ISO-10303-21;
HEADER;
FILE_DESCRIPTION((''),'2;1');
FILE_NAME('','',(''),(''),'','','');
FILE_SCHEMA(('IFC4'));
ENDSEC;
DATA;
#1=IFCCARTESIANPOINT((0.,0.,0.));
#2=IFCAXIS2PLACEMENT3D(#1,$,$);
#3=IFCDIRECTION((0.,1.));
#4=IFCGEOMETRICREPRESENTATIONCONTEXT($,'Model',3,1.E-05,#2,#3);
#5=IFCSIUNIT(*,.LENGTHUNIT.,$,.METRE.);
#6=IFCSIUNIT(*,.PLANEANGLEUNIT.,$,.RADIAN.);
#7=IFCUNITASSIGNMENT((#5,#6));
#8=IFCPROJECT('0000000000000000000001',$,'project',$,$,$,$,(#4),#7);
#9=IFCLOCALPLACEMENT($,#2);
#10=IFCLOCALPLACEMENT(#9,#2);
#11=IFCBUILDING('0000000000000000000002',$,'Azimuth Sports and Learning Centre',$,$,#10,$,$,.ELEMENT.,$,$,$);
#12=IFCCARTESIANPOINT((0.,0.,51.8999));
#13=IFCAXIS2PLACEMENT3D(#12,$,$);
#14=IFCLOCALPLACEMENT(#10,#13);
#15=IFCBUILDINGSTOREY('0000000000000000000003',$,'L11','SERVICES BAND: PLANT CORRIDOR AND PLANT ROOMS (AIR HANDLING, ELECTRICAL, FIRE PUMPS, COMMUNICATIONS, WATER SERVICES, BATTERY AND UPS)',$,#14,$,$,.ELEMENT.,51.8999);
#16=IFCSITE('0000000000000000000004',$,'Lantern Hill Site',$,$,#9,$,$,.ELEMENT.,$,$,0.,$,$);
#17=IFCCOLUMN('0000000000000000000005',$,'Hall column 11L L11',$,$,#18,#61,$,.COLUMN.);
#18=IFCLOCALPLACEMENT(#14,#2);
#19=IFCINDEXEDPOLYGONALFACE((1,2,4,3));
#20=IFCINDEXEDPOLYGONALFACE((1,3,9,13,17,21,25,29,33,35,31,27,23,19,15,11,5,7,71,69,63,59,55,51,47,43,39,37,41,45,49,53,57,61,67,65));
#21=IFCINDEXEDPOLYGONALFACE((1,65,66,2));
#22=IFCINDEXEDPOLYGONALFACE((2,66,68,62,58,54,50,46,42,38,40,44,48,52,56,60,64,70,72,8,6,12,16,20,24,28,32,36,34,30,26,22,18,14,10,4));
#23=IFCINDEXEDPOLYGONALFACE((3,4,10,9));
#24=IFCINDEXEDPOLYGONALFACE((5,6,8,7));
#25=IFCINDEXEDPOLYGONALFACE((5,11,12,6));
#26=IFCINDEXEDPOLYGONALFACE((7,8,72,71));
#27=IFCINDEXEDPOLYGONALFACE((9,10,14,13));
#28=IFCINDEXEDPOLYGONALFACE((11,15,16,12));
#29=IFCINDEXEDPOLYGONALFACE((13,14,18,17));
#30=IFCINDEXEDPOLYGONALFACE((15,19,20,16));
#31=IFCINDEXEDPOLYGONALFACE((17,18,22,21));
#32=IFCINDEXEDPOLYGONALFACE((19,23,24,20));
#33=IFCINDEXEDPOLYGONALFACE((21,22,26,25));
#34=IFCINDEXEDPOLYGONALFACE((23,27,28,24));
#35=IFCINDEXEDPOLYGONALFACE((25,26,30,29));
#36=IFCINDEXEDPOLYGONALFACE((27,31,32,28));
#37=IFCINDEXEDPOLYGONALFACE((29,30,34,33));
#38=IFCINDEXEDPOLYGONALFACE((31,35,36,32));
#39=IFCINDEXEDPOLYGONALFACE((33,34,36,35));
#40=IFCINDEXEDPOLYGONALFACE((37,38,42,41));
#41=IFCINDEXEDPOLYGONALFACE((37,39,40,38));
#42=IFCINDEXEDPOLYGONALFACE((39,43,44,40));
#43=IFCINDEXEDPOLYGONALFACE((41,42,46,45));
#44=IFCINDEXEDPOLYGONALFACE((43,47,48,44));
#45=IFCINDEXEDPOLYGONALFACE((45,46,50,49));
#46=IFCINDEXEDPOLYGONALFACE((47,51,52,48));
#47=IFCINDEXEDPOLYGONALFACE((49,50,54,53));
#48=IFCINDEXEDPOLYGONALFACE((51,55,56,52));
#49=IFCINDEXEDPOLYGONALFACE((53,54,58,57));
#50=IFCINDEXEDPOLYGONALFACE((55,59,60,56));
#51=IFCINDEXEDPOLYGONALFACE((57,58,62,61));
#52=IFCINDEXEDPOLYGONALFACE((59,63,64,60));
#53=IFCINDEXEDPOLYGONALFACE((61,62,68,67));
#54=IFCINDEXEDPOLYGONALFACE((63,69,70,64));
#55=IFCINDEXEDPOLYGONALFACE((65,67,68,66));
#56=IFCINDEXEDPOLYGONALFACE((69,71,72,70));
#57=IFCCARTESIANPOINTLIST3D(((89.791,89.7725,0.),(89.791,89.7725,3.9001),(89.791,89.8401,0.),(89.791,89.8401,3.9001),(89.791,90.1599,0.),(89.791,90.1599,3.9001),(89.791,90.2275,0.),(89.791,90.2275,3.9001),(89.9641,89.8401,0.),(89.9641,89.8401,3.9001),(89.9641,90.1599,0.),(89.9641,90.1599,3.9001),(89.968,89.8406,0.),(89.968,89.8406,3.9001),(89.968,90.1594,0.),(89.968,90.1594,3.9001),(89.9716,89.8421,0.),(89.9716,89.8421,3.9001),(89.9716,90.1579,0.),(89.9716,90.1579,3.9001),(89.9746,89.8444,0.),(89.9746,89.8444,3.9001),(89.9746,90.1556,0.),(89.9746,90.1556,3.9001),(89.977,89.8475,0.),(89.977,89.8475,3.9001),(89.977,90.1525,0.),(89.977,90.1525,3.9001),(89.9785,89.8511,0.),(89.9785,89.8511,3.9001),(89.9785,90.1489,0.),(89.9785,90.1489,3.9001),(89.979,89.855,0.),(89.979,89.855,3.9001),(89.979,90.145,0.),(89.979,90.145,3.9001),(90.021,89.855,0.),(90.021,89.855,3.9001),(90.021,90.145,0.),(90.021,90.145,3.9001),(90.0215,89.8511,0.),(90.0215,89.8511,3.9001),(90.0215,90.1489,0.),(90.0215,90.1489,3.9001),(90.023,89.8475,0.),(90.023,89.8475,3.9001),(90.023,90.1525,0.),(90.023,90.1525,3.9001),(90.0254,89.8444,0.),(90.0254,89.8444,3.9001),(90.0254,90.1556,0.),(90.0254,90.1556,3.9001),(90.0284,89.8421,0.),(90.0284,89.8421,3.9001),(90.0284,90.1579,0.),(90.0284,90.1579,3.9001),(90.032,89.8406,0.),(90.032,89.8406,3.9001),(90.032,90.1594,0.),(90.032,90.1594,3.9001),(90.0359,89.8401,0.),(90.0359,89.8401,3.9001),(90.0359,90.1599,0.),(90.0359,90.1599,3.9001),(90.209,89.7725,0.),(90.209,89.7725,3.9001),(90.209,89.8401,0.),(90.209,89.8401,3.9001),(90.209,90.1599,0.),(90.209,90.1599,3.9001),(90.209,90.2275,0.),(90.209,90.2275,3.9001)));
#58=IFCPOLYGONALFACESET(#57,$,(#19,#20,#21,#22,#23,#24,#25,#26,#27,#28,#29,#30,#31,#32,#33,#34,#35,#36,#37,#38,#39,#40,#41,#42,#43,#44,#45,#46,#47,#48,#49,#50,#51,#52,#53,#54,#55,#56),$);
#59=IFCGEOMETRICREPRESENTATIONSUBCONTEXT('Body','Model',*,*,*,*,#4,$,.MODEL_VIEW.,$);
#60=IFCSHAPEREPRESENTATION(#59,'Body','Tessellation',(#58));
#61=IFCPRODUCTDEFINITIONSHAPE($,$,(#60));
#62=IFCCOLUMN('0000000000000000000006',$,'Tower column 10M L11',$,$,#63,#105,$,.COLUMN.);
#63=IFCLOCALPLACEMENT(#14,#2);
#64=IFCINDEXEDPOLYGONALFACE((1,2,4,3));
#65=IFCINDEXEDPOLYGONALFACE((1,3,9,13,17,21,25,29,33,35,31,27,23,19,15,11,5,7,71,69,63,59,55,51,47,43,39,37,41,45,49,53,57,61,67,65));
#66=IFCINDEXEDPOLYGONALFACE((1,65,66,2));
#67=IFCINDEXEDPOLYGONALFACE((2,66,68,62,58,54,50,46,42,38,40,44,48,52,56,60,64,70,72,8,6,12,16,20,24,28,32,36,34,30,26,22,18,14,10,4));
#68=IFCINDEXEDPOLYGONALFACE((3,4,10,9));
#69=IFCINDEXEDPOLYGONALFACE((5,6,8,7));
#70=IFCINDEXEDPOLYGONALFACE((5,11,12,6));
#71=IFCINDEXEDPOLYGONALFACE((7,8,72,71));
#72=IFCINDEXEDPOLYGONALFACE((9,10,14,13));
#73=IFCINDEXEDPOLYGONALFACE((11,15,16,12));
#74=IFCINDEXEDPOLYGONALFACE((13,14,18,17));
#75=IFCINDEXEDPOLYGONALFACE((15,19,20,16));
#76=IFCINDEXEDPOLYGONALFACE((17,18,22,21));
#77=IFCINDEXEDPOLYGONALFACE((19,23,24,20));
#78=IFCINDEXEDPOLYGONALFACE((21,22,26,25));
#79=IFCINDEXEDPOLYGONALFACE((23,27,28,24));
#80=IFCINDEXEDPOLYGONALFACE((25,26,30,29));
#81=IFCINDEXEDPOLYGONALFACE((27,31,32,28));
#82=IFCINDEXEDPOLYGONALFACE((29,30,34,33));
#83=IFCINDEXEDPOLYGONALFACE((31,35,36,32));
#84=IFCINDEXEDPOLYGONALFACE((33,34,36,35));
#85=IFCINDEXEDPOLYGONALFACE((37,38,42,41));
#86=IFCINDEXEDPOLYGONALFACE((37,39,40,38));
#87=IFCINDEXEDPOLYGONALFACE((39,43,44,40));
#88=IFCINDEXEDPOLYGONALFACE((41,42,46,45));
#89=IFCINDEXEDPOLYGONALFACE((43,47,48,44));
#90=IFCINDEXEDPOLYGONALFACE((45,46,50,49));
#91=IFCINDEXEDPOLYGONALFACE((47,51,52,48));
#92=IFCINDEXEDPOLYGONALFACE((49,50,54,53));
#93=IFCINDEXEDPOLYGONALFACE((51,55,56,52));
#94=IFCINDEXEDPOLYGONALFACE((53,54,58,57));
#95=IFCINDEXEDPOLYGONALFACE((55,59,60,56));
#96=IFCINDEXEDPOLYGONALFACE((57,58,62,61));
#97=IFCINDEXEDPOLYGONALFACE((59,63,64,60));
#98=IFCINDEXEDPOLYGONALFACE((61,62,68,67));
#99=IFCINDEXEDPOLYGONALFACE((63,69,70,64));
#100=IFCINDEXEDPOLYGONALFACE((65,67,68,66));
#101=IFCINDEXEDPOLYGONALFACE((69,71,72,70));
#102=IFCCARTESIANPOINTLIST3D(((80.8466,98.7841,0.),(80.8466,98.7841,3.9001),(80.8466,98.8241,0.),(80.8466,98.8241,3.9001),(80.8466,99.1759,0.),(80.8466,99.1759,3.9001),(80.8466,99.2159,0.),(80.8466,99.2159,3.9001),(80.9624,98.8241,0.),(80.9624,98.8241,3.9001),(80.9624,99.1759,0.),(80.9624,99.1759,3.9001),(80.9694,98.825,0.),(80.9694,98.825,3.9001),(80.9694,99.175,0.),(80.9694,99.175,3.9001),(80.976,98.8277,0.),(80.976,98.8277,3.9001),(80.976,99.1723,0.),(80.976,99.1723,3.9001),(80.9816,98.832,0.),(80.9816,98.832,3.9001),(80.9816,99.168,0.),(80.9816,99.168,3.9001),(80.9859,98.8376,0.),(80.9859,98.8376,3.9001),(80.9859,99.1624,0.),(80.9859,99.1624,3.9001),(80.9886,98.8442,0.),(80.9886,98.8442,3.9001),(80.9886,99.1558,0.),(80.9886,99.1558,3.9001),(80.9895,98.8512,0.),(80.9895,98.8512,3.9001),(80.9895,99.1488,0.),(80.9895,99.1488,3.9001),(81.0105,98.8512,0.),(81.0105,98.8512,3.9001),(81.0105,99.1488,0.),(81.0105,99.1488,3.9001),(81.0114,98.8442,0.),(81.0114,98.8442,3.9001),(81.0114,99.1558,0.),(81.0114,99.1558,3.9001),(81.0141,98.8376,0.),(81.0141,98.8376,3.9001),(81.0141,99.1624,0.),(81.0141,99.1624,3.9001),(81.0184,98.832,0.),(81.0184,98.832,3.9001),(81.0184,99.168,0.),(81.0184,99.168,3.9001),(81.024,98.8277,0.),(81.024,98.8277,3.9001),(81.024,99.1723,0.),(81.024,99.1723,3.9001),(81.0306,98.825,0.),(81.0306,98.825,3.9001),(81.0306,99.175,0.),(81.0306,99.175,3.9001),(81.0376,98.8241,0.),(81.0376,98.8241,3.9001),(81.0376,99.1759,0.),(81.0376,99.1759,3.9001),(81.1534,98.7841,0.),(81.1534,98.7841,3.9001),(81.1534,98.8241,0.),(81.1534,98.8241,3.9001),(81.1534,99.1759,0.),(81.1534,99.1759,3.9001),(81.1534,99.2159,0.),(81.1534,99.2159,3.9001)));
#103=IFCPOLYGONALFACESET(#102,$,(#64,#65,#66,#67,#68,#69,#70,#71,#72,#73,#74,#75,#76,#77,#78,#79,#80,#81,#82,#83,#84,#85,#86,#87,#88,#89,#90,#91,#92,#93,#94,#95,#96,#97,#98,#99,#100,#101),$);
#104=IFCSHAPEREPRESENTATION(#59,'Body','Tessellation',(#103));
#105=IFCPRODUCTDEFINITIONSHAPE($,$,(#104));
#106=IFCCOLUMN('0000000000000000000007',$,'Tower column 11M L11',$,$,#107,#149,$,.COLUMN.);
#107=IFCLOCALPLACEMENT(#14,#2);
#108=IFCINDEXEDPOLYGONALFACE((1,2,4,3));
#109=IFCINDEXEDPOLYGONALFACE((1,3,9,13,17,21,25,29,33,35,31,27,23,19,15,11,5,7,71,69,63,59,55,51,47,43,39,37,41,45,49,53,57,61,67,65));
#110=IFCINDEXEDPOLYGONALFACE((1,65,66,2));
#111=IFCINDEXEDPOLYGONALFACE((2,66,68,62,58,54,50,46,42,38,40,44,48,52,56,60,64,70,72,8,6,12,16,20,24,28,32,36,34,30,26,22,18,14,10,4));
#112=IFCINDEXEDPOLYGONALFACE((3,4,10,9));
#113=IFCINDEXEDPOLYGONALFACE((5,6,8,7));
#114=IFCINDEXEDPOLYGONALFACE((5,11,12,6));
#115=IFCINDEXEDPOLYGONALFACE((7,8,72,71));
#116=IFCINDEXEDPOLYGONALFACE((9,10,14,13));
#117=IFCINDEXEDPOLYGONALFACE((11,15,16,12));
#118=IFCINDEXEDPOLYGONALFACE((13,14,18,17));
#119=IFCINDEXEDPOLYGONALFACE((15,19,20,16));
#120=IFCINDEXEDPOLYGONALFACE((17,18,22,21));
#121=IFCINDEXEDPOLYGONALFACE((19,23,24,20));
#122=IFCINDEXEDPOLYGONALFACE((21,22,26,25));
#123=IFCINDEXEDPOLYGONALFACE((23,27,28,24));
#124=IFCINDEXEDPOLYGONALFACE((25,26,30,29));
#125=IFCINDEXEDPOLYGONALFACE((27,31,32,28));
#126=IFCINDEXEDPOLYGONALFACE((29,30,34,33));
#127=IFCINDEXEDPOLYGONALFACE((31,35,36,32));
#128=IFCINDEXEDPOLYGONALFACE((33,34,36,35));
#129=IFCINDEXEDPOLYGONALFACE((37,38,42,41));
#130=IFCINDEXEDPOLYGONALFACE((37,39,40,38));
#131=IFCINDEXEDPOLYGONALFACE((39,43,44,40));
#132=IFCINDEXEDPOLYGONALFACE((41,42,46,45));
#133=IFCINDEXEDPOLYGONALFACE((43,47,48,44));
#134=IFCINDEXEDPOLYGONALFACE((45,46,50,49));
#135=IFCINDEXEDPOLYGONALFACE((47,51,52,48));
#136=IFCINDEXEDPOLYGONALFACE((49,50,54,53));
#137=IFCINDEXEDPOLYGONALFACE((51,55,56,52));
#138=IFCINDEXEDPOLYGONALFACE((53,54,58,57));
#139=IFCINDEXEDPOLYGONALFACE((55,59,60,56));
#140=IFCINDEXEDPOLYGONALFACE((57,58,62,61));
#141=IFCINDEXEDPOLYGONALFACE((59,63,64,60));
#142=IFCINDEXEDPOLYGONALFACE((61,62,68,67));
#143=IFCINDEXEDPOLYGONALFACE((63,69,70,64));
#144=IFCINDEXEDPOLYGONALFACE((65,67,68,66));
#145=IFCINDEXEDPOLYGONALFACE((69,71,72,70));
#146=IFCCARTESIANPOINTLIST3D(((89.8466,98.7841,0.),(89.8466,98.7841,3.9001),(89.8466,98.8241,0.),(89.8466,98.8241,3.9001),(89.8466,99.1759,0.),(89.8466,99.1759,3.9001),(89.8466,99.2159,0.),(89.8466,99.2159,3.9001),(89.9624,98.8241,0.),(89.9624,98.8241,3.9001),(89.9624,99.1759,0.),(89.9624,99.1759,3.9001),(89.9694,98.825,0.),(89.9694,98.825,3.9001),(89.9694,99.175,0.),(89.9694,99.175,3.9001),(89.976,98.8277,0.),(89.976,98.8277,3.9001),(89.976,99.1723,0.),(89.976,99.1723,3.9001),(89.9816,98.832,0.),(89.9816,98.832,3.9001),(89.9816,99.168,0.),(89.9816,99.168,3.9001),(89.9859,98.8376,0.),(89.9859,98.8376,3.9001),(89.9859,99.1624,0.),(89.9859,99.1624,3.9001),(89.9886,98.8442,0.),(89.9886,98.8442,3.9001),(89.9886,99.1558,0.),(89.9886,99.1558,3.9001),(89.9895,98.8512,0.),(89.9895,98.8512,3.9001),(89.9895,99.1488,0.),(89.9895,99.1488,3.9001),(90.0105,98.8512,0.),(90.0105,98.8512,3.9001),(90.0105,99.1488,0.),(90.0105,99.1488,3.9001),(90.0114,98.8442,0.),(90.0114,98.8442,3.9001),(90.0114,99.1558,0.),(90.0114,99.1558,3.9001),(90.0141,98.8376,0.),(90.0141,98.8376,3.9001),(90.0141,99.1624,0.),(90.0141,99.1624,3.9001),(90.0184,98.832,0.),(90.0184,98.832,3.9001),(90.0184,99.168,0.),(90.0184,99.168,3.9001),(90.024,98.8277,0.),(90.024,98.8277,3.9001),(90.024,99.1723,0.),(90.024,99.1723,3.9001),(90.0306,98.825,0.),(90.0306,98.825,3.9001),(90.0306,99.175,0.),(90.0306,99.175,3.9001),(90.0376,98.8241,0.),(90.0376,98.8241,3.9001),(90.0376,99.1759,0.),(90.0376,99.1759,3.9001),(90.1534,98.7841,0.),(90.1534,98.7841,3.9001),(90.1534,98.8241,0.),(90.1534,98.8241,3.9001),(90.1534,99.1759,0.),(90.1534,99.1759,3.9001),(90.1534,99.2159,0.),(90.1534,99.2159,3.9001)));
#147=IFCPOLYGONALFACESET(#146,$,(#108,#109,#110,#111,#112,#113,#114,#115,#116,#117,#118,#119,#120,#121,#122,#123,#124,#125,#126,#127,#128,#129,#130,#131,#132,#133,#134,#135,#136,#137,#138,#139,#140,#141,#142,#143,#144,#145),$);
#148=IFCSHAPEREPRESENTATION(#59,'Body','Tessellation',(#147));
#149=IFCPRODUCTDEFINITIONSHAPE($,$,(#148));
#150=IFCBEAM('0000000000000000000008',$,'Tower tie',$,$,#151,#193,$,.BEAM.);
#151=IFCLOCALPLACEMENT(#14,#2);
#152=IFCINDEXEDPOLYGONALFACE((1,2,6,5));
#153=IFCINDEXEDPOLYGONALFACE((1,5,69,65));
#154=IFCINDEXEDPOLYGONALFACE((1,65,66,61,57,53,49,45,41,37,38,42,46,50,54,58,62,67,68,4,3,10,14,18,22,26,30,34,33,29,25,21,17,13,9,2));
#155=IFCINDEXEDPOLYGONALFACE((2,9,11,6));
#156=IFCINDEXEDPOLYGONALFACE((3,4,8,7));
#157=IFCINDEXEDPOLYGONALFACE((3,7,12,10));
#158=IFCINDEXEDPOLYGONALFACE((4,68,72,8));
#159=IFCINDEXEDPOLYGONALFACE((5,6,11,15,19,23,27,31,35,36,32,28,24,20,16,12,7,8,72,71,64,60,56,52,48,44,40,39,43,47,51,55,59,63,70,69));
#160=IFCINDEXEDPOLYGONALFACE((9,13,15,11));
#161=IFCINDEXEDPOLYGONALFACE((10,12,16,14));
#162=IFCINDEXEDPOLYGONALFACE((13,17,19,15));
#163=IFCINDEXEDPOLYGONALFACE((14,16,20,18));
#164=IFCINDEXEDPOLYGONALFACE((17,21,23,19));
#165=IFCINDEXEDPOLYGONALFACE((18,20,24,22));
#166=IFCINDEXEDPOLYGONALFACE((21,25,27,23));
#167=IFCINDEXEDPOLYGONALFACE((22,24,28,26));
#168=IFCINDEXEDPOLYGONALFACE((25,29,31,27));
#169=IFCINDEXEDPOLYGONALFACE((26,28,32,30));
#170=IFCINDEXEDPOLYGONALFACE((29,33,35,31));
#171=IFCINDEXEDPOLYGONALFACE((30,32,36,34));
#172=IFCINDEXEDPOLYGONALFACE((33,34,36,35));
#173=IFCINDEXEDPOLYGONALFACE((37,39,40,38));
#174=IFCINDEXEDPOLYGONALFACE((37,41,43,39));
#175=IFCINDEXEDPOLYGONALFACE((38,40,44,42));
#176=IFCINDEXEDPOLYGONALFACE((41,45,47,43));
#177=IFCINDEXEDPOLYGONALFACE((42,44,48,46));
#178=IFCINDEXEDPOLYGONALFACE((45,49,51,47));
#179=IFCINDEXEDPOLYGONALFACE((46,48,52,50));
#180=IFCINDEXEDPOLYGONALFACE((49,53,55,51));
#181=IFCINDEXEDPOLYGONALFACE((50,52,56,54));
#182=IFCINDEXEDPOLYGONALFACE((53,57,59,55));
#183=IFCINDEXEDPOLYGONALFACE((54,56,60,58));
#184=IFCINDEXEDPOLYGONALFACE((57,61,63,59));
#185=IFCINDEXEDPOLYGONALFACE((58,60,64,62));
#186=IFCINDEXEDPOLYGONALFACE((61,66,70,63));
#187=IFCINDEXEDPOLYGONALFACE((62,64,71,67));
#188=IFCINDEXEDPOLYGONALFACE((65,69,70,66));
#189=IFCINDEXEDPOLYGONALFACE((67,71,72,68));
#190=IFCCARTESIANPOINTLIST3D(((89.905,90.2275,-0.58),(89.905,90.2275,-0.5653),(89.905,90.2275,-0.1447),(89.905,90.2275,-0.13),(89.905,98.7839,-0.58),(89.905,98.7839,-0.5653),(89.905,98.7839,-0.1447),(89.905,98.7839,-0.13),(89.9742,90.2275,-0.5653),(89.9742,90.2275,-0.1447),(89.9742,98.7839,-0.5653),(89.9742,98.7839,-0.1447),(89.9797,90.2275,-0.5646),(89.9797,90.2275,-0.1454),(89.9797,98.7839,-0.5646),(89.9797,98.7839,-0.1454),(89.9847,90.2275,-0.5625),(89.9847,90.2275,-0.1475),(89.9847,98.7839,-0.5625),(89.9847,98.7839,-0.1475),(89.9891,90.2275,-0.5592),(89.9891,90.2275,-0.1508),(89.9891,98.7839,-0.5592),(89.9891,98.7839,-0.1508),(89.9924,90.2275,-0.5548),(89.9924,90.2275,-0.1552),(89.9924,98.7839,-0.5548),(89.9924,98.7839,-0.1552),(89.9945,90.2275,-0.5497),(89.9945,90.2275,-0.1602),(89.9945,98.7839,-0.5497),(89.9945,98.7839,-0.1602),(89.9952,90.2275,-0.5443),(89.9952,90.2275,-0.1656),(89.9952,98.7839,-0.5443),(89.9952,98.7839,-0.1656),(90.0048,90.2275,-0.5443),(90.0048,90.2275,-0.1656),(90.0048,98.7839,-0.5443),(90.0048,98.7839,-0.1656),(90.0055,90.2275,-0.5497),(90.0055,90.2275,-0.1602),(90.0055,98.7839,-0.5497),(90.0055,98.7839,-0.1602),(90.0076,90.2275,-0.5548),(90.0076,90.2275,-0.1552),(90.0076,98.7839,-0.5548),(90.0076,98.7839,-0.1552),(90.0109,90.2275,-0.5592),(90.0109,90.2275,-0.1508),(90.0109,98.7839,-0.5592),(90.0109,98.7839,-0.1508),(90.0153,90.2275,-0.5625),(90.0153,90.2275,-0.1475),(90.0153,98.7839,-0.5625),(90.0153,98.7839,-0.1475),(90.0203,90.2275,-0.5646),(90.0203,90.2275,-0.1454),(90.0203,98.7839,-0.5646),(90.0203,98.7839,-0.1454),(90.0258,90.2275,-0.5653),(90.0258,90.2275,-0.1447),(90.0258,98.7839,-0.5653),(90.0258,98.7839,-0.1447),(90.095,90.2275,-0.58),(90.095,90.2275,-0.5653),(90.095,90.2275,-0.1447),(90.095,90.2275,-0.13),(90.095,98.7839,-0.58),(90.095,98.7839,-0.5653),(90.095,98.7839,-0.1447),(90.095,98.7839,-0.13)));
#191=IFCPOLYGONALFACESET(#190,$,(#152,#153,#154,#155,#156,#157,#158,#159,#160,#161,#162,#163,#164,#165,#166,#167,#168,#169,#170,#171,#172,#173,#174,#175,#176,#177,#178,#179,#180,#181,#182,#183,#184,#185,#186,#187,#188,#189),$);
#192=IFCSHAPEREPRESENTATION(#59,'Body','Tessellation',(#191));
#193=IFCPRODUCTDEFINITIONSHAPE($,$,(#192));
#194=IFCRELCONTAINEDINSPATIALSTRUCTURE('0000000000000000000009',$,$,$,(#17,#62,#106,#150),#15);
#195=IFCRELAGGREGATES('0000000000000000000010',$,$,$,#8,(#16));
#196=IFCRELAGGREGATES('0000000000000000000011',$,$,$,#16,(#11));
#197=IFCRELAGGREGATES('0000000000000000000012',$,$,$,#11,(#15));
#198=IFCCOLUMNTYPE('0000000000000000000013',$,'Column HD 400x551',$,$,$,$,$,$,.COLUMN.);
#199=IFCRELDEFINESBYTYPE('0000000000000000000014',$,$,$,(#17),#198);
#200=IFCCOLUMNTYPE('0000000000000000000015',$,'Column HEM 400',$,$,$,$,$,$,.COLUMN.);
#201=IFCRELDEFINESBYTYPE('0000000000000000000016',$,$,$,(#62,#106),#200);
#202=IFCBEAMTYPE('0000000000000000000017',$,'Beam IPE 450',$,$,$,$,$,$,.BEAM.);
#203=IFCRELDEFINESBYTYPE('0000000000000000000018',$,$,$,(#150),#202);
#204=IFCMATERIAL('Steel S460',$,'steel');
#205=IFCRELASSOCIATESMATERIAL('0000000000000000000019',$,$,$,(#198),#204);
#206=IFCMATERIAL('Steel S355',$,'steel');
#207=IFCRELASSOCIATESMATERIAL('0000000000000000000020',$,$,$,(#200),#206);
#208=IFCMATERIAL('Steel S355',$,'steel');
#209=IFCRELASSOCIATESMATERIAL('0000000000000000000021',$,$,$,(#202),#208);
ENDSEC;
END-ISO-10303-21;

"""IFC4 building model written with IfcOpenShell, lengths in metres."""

from ifc_helpers import new_model, si_unit, direction, frame, origin, origin_2d, place, context, subcontext, project, spatial, i_section, extrude, material, material_profile, profile_set, type_object, element, save


model = new_model("IFC4")

# Units and contexts
model_context = context("Model", 3, precision=1e-05, world=origin(), true_north=direction((0.0, 1.0)))
body_context = subcontext(model_context, "Body", "Model", "MODEL_VIEW")
ifc_project = project(units=[si_unit("LENGTHUNIT", "METRE"), si_unit("PLANEANGLEUNIT", "RADIAN")], contexts=[model_context])

# Site, building, storey
site_placement = place(None, origin())
site = spatial("IfcSite", under=ifc_project, at=site_placement, Name="Lantern Hill Site", CompositionType="ELEMENT", RefElevation=0.0)
building_placement = place(site_placement, origin())
building = spatial("IfcBuilding", under=site, at=building_placement, Name="Azimuth Sports and Learning Centre", CompositionType="ELEMENT")
storey_placement = place(building_placement, frame((0.0, 0.0, 51.8999)))
storey = spatial("IfcBuildingStorey", under=building, at=storey_placement, Name="L11", Description="SERVICES BAND: PLANT CORRIDOR AND PLANT ROOMS (AIR HANDLING, ELECTRICAL, FIRE PUMPS, COMMUNICATIONS, WATER SERVICES, BATTERY AND UPS)", CompositionType="ELEMENT", Elevation=51.8999)

# Columns
ifc_material_1 = material(Name="Steel S460", Category="steel")
ifc_material_profile_1 = material_profile(ifc_material_1, i_section(OverallWidth=0.418, OverallDepth=0.4551, WebThickness=0.042, FlangeThickness=0.0676, FilletRadius=0.0149, at=origin_2d()), Name="HD 400x551")
ifc_profile_set_1 = profile_set([ifc_material_profile_1], Name="Steel S460")
column_type_1 = type_object("IfcColumnType", Name="Column HD 400x551", PredefinedType="COLUMN", material=ifc_profile_set_1)
column_placement = place(storey_placement, frame((90.0, 90.0, 0.0), z_axis=(0.0, 0.0, 1.0), x_axis=(1.0, 0.0, 0.0)))
element("IfcColumn", 1, at=column_placement, inside=storey, type_object=column_type_1, Name="Hall column 11L L11", PredefinedType="COLUMN", context=body_context, shape_type="SweptSolid", body=[
    extrude(i_section(OverallWidth=0.418, OverallDepth=0.4551, WebThickness=0.042, FlangeThickness=0.0676, FilletRadius=0.0149, at=origin_2d()), origin(), (0.0, 0.0, 1.0), 3.9001),
])
ifc_material_2 = material(Name="Steel S355", Category="steel")
ifc_material_profile_2 = material_profile(ifc_material_2, i_section(OverallWidth=0.3069, OverallDepth=0.4319, WebThickness=0.021, FlangeThickness=0.04, FilletRadius=0.0271, at=origin_2d()), Name="HEM 400")
ifc_profile_set_2 = profile_set([ifc_material_profile_2], Name="Steel S355")
column_type_2 = type_object("IfcColumnType", Name="Column HEM 400", PredefinedType="COLUMN", material=ifc_profile_set_2)
for number, where, z_axis, x_axis, name in (
    (2, (81.0, 99.0, 0.0), (0.0, 0.0, 1.0), (1.0, 0.0, 0.0), "Tower column 10M L11"),
    (3, (90.0, 99.0, 0.0), (0.0, 0.0, 1.0), (1.0, 0.0, 0.0), "Tower column 11M L11"),
):
    element("IfcColumn", number, at=place(storey_placement, frame(where, z_axis=z_axis, x_axis=x_axis)), inside=storey, type_object=column_type_2, Name=name, PredefinedType="COLUMN", context=body_context, shape_type="SweptSolid", body=[
        extrude(i_section(OverallWidth=0.3069, OverallDepth=0.4319, WebThickness=0.021, FlangeThickness=0.04, FilletRadius=0.0271, at=origin_2d()), origin(), (0.0, 0.0, 1.0), 3.9001),
    ])

# Beam
ifc_material_3 = material(Name="Steel S355", Category="steel")
ifc_material_profile_3 = material_profile(ifc_material_3, i_section(OverallWidth=0.1899, OverallDepth=0.45, WebThickness=0.0095, FlangeThickness=0.0146, FilletRadius=0.021, at=origin_2d()), Name="IPE 450")
ifc_profile_set_3 = profile_set([ifc_material_profile_3], Name="Steel S355")
beam_type_1 = type_object("IfcBeamType", Name="Beam IPE 450", PredefinedType="BEAM", material=ifc_profile_set_3)
beam_1_placement = place(storey_placement, frame((90.0, 90.2275, -0.355), z_axis=(0.0, 1.0, 0.0), x_axis=(-1.0, 0.0, 0.0)))
element("IfcBeam", 4, at=beam_1_placement, inside=storey, type_object=beam_type_1, Name="Tower tie", PredefinedType="BEAM", context=body_context, shape_type="SweptSolid", body=[
    extrude(i_section(OverallWidth=0.1899, OverallDepth=0.45, WebThickness=0.0095, FlangeThickness=0.0146, FilletRadius=0.021, at=origin_2d()), origin(), (0.0, 0.0, 1.0), 8.5564),
])

save(model, "model.ifc")
